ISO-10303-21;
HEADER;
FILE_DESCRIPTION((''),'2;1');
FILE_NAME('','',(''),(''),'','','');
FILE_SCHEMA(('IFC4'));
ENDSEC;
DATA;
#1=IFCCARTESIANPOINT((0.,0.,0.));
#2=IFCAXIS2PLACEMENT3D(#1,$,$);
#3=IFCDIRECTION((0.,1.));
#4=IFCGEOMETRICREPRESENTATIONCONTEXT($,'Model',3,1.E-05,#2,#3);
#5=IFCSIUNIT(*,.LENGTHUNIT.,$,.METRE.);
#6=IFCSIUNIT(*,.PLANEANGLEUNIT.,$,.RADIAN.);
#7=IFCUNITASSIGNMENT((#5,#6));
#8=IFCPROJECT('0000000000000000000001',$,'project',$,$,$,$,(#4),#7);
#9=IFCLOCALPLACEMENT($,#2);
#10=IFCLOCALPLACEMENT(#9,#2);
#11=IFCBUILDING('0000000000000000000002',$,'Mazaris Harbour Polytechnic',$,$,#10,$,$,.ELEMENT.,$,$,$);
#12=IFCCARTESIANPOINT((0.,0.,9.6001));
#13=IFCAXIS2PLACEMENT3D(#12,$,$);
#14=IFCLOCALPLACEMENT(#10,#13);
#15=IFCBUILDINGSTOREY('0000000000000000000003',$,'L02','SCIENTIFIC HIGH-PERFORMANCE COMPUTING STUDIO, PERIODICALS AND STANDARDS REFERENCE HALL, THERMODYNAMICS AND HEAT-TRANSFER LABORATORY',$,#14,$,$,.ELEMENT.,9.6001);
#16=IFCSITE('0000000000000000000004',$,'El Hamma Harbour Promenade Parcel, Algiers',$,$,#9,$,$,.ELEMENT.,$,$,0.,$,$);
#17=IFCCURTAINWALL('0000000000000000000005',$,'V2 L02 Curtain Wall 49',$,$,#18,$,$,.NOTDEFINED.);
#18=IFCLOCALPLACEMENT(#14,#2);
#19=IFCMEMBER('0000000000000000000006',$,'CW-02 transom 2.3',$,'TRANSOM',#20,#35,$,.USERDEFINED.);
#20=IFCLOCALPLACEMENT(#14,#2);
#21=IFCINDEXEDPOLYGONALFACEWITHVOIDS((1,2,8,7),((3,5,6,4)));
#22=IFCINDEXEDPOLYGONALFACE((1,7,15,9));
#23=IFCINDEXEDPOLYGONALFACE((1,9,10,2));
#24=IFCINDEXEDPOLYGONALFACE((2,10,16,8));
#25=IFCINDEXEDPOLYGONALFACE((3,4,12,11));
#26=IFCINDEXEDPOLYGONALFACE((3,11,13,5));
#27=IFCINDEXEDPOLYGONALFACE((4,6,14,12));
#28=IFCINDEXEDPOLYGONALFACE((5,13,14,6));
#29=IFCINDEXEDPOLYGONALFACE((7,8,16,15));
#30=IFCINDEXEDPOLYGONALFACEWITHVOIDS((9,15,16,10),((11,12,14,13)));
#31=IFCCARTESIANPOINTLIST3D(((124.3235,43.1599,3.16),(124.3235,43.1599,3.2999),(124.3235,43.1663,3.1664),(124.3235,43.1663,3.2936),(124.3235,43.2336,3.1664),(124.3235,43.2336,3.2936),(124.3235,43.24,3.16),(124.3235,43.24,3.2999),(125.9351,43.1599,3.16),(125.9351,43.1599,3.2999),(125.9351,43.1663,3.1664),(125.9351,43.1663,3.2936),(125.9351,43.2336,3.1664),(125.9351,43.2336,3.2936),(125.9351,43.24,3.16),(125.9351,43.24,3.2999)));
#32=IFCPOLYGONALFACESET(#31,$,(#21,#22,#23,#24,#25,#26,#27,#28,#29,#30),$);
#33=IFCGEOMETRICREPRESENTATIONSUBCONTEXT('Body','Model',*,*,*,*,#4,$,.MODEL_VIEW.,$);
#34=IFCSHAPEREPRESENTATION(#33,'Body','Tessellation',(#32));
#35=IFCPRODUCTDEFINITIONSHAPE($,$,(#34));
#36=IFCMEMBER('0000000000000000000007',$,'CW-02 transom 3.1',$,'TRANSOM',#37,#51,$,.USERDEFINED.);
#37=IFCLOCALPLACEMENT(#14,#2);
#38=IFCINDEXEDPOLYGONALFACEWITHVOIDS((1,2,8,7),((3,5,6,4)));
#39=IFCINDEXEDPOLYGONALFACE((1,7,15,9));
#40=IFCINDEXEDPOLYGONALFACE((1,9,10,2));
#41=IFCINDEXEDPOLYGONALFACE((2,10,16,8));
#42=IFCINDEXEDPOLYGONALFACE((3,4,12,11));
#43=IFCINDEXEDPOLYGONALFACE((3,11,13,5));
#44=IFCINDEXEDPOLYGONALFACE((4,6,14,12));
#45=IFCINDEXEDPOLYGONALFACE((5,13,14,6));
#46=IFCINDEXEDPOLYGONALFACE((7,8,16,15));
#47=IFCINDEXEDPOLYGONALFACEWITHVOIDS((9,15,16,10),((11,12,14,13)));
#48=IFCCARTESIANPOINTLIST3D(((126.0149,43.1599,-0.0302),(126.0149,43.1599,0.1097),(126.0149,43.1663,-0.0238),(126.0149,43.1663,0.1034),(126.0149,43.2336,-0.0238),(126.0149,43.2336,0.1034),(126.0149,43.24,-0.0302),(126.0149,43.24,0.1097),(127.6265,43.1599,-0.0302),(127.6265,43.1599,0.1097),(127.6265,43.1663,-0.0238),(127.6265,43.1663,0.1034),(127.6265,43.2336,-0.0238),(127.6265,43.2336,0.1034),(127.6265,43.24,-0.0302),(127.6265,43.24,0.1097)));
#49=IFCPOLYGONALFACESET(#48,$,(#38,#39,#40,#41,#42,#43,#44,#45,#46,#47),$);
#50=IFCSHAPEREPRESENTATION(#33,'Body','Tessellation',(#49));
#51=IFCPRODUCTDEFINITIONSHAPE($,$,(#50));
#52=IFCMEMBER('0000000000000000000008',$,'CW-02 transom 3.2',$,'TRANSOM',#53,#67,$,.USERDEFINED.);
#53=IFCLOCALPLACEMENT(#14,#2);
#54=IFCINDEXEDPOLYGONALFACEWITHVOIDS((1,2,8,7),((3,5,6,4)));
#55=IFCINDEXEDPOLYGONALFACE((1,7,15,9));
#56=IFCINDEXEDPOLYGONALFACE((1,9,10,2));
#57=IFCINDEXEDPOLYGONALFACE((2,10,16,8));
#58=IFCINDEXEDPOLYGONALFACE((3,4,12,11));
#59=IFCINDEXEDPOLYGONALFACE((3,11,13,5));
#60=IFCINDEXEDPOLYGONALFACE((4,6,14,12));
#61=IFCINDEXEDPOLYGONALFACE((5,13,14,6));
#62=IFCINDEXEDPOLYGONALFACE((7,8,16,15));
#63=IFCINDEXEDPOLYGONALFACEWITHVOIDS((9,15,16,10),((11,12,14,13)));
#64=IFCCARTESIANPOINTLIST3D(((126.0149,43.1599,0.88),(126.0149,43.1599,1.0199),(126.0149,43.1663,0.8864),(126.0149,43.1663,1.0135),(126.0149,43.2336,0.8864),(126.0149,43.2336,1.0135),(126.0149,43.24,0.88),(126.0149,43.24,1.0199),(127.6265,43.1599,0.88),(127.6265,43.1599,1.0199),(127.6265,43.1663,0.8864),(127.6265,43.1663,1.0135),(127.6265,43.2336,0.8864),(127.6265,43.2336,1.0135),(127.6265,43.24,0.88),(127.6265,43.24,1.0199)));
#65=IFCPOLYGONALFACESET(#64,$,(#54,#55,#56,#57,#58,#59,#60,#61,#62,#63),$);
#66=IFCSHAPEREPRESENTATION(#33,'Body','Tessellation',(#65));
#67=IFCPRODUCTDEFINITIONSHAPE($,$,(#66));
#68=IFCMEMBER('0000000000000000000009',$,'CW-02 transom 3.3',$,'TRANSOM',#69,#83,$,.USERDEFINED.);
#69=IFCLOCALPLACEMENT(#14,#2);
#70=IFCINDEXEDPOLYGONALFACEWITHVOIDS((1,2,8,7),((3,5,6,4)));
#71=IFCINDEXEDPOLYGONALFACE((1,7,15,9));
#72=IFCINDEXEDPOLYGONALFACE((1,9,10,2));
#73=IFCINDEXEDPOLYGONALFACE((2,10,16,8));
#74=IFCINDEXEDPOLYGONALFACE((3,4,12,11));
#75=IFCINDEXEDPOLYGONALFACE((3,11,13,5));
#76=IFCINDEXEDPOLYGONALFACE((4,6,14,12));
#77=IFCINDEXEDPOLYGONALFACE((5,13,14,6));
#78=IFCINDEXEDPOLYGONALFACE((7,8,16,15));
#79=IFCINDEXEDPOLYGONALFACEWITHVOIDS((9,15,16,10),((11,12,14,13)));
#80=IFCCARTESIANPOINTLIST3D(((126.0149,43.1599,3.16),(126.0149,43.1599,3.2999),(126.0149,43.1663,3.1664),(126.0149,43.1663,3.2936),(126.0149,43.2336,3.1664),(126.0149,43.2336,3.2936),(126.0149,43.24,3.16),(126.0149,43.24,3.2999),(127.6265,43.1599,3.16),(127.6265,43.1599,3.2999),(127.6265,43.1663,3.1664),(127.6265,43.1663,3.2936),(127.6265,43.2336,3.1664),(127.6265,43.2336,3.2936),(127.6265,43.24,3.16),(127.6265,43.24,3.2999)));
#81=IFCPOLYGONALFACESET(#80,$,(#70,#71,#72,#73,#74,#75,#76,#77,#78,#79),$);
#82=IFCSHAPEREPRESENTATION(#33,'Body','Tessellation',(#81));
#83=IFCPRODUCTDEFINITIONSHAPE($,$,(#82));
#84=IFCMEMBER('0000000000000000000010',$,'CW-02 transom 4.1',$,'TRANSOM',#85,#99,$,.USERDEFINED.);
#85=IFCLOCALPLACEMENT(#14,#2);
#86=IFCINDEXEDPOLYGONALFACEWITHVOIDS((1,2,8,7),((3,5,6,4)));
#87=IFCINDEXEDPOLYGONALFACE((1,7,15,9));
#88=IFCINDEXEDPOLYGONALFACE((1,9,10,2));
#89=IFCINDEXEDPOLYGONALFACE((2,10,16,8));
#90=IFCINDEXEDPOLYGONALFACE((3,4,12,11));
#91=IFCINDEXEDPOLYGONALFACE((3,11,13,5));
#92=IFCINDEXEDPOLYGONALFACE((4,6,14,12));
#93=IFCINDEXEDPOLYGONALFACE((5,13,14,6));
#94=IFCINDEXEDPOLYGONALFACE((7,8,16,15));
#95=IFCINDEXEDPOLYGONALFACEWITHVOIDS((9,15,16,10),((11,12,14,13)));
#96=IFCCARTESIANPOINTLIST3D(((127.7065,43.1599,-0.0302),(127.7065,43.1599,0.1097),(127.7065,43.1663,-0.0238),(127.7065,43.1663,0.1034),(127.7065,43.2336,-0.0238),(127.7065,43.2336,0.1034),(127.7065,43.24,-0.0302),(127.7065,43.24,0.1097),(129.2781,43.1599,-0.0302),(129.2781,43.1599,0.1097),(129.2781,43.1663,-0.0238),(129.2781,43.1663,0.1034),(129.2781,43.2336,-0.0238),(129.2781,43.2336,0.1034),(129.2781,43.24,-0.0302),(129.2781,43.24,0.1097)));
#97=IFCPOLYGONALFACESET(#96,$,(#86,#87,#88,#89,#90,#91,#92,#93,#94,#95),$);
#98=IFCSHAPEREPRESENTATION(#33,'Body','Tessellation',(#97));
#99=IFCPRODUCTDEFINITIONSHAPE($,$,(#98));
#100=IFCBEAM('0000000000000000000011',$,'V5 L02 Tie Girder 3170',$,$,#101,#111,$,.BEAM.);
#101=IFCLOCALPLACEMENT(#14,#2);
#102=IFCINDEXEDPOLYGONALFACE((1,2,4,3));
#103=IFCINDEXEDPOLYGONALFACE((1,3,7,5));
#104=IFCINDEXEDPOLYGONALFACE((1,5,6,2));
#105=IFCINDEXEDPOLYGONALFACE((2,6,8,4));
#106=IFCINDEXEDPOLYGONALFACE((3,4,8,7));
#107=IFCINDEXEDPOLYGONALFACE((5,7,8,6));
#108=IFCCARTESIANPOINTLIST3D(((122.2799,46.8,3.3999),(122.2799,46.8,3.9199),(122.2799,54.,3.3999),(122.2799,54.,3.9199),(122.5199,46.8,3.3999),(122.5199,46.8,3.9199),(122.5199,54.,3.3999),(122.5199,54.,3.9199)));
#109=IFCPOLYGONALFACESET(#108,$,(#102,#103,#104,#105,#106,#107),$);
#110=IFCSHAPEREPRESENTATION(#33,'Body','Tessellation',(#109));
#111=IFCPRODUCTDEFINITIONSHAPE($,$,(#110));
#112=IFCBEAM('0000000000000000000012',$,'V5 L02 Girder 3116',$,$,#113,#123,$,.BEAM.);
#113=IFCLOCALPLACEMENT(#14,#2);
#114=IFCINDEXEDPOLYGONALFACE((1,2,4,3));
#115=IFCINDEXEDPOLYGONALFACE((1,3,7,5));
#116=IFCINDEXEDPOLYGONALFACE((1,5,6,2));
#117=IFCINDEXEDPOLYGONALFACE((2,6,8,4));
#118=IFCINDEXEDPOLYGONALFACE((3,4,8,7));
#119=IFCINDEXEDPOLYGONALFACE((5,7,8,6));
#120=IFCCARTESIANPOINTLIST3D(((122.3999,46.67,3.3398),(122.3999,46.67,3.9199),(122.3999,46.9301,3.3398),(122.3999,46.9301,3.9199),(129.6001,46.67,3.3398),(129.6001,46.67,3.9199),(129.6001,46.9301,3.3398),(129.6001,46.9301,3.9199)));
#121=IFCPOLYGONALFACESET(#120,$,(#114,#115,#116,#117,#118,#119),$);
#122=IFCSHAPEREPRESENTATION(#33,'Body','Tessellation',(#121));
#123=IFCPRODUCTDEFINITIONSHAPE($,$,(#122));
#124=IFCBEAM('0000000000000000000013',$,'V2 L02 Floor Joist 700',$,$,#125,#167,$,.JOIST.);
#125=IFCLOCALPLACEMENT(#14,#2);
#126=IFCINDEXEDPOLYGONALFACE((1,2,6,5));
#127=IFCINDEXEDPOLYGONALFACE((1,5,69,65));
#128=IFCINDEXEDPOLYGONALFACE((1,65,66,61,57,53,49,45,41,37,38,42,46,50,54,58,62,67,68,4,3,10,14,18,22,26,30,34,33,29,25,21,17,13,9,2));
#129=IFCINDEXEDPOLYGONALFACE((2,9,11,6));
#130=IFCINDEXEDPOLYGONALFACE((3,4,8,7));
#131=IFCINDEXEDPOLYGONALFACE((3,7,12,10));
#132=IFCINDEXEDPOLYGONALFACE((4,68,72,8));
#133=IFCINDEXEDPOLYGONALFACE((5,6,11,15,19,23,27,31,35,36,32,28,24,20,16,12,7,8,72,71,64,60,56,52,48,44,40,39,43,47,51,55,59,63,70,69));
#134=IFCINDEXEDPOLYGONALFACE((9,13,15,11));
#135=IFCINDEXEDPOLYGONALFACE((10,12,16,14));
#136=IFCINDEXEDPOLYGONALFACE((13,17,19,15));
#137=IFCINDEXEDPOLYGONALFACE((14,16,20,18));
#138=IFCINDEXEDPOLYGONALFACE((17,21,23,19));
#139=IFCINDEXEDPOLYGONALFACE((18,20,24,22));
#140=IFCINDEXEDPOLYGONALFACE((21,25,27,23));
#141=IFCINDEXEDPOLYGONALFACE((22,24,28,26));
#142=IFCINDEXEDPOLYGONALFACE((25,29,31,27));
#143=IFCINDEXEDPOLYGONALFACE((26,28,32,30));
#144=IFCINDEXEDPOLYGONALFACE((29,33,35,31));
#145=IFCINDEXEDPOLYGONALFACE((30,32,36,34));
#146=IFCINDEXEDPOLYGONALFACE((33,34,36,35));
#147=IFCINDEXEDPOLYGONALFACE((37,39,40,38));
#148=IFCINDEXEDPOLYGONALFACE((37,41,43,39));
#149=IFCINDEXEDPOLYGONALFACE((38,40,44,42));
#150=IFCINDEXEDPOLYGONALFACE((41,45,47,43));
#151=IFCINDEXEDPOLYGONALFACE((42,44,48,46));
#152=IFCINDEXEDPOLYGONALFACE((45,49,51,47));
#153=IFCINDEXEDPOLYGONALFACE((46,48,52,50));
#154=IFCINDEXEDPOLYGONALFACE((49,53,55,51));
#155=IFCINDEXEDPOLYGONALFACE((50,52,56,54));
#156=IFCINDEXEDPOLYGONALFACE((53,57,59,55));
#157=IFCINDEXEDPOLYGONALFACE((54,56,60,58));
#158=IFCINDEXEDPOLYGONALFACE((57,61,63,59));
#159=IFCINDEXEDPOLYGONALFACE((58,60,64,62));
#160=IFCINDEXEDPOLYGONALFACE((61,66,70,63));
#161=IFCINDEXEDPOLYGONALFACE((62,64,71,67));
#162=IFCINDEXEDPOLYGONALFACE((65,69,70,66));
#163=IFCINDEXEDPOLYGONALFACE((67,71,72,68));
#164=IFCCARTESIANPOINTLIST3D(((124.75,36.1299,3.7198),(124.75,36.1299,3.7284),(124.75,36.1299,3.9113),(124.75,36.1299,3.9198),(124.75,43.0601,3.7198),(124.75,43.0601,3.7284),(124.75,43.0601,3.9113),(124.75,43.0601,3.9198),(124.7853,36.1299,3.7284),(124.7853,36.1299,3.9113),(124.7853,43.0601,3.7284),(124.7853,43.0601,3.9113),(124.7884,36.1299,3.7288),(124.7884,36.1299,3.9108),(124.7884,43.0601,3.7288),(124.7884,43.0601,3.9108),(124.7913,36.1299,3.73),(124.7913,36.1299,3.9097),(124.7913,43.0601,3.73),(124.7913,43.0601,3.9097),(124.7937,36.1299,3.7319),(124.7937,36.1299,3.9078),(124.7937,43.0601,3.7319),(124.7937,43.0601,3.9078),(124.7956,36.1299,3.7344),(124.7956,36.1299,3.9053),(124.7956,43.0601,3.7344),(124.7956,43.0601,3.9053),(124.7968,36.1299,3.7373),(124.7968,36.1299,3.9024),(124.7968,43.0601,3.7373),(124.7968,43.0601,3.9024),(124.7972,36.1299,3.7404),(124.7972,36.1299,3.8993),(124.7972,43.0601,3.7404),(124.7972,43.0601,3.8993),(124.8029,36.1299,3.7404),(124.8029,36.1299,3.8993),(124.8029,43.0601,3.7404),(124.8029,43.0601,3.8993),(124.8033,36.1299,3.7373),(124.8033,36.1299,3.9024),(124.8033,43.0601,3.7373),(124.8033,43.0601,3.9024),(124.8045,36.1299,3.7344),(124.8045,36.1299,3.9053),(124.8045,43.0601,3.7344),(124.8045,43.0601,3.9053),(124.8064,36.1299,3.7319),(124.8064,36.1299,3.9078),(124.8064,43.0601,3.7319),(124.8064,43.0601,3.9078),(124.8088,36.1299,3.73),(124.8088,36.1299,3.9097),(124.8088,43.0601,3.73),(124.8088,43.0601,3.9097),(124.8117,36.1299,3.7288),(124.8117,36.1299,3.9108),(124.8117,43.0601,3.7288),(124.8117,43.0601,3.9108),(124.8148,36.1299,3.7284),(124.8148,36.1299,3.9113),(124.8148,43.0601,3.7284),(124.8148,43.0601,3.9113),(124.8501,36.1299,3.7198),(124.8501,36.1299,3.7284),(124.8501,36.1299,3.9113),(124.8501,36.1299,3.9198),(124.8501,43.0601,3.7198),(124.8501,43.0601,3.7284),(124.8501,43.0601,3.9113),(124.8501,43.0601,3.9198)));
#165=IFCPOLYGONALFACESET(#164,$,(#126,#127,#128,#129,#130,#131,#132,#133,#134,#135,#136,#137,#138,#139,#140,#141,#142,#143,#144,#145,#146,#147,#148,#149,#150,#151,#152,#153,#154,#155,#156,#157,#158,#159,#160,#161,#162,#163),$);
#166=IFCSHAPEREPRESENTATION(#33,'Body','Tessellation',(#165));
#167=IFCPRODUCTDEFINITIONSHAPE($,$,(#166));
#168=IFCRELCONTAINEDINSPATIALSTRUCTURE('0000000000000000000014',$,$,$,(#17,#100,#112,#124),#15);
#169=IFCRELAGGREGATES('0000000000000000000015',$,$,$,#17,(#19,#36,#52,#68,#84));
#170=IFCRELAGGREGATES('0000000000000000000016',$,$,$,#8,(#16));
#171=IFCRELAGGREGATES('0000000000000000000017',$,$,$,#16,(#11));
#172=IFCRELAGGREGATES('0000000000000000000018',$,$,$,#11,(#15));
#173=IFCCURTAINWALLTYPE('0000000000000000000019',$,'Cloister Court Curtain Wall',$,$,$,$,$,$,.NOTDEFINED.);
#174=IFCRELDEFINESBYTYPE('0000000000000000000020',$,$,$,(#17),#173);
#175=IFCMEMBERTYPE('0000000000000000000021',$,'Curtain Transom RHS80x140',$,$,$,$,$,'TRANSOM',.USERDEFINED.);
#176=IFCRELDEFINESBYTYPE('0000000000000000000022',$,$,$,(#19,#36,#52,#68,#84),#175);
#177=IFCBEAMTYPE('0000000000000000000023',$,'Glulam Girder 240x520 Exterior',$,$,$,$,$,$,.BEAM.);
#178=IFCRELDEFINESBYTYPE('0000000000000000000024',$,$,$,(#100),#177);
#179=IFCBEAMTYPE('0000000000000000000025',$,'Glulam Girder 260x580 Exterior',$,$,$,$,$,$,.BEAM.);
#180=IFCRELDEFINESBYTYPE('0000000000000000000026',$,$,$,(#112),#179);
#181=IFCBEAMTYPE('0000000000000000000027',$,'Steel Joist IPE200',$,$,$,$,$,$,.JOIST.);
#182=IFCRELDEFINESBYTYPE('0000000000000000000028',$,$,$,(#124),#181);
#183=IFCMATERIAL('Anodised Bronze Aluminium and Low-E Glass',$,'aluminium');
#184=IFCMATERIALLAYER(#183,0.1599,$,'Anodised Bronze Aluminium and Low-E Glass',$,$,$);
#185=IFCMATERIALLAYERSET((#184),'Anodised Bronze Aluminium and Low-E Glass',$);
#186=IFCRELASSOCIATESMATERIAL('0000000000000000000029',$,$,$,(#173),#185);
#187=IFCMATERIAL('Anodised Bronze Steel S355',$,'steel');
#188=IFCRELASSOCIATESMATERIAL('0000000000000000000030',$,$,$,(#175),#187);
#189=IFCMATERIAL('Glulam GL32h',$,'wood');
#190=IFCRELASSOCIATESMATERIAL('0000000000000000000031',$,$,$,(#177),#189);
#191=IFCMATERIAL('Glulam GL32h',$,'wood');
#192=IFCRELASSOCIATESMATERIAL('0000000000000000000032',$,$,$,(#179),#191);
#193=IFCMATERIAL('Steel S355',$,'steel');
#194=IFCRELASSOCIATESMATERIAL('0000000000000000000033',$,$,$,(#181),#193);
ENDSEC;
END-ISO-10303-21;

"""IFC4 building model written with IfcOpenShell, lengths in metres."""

from ifc_helpers import new_model, si_unit, direction, frame, origin, origin_2d, place, context, subcontext, project, spatial, rectangle, hollow_rectangle, i_section, extrude, material, layer, layer_set, material_profile, profile_set, type_object, element, aggregate, save


model = new_model("IFC4")

# Units and contexts
model_context = context("Model", 3, precision=1e-05, world=origin(), true_north=direction((0.0, 1.0)))
body_context = subcontext(model_context, "Body", "Model", "MODEL_VIEW")
ifc_project = project(units=[si_unit("LENGTHUNIT", "METRE"), si_unit("PLANEANGLEUNIT", "RADIAN")], contexts=[model_context])

# Site, building, storey
site_placement = place(None, origin())
site = spatial("IfcSite", under=ifc_project, at=site_placement, Name="El Hamma Harbour Promenade Parcel, Algiers", CompositionType="ELEMENT", RefElevation=0.0)
building_placement = place(site_placement, origin())
building = spatial("IfcBuilding", under=site, at=building_placement, Name="Mazaris Harbour Polytechnic", CompositionType="ELEMENT")
storey_placement = place(building_placement, frame((0.0, 0.0, 9.6001)))
storey = spatial("IfcBuildingStorey", under=building, at=storey_placement, Name="L02", Description="SCIENTIFIC HIGH-PERFORMANCE COMPUTING STUDIO, PERIODICALS AND STANDARDS REFERENCE HALL, THERMODYNAMICS AND HEAT-TRANSFER LABORATORY", CompositionType="ELEMENT", Elevation=9.6001)

# Curtain wall
ifc_material_1 = material(Name="Anodised Bronze Aluminium and Low-E Glass", Category="aluminium")
ifc_layer_1 = layer(ifc_material_1, 0.1599, Name="Anodised Bronze Aluminium and Low-E Glass")
ifc_layer_set_1 = layer_set([ifc_layer_1], Name="Anodised Bronze Aluminium and Low-E Glass")
curtain_wall_type_1 = type_object("IfcCurtainWallType", Name="Cloister Court Curtain Wall", PredefinedType="NOTDEFINED", material=ifc_layer_set_1)
curtain_wall_1_placement = place(storey_placement, origin())
curtain_wall_1 = element("IfcCurtainWall", 1, at=curtain_wall_1_placement, inside=storey, type_object=curtain_wall_type_1, Name="V2 L02 Curtain Wall 49", PredefinedType="NOTDEFINED")

# Members
ifc_material_2 = material(Name="Anodised Bronze Steel S355", Category="steel")
ifc_material_profile_1 = material_profile(ifc_material_2, hollow_rectangle(XDim=0.0801, YDim=0.1399, WallThickness=0.0063, at=origin_2d()), Name="RHS 80x140x6.3")
ifc_profile_set_1 = profile_set([ifc_material_profile_1], Name="Anodised Bronze Steel S355")
member_type_1 = type_object("IfcMemberType", Name="Curtain Transom RHS80x140", ElementType="TRANSOM", PredefinedType="USERDEFINED", material=ifc_profile_set_1)
member_1_placement = place(storey_placement, frame((124.3235, 43.2, 3.23), z_axis=(1.0, 0.0, 0.0), x_axis=(0.0, 1.0, 0.0)))
member_1 = element("IfcMember", 2, at=member_1_placement, type_object=member_type_1, Name="CW-02 transom 2.3", ObjectType="TRANSOM", PredefinedType="USERDEFINED", context=body_context, shape_type="SweptSolid", body=[
    extrude(hollow_rectangle(XDim=0.0801, YDim=0.1399, WallThickness=0.0063, at=origin_2d()), origin(), (0.0, 0.0, 1.0), 1.6116),
])
member_2_placement = place(storey_placement, frame((126.0149, 43.2, 0.0398), z_axis=(1.0, 0.0, 0.0), x_axis=(0.0, 1.0, 0.0)))
member_2 = element("IfcMember", 3, at=member_2_placement, type_object=member_type_1, Name="CW-02 transom 3.1", ObjectType="TRANSOM", PredefinedType="USERDEFINED", context=body_context, shape_type="SweptSolid", body=[
    extrude(hollow_rectangle(XDim=0.0801, YDim=0.1399, WallThickness=0.0063, at=origin_2d()), origin(), (0.0, 0.0, 1.0), 1.6116),
])
member_3_placement = place(storey_placement, frame((126.0149, 43.2, 0.95), z_axis=(1.0, 0.0, 0.0), x_axis=(0.0, 1.0, 0.0)))
member_3 = element("IfcMember", 4, at=member_3_placement, type_object=member_type_1, Name="CW-02 transom 3.2", ObjectType="TRANSOM", PredefinedType="USERDEFINED", context=body_context, shape_type="SweptSolid", body=[
    extrude(hollow_rectangle(XDim=0.0801, YDim=0.1399, WallThickness=0.0063, at=origin_2d()), origin(), (0.0, 0.0, 1.0), 1.6116),
])
member_4_placement = place(storey_placement, frame((126.0149, 43.2, 3.23), z_axis=(1.0, 0.0, 0.0), x_axis=(0.0, 1.0, 0.0)))
member_4 = element("IfcMember", 5, at=member_4_placement, type_object=member_type_1, Name="CW-02 transom 3.3", ObjectType="TRANSOM", PredefinedType="USERDEFINED", context=body_context, shape_type="SweptSolid", body=[
    extrude(hollow_rectangle(XDim=0.0801, YDim=0.1399, WallThickness=0.0063, at=origin_2d()), origin(), (0.0, 0.0, 1.0), 1.6116),
])
member_5_placement = place(storey_placement, frame((127.7065, 43.2, 0.0398), z_axis=(1.0, 0.0, 0.0), x_axis=(0.0, 1.0, 0.0)))
member_5 = element("IfcMember", 6, at=member_5_placement, type_object=member_type_1, Name="CW-02 transom 4.1", ObjectType="TRANSOM", PredefinedType="USERDEFINED", context=body_context, shape_type="SweptSolid", body=[
    extrude(hollow_rectangle(XDim=0.0801, YDim=0.1399, WallThickness=0.0063, at=origin_2d()), origin(), (0.0, 0.0, 1.0), 1.5715),
])

# Beams
ifc_material_3 = material(Name="Glulam GL32h", Category="wood")
ifc_material_profile_2 = material_profile(ifc_material_3, rectangle(XDim=0.24, YDim=0.52, at=origin_2d()), Name="RECT240x520")
ifc_profile_set_2 = profile_set([ifc_material_profile_2], Name="Glulam GL32h")
beam_type_1 = type_object("IfcBeamType", Name="Glulam Girder 240x520 Exterior", PredefinedType="BEAM", material=ifc_profile_set_2)
beam_1_placement = place(storey_placement, frame((122.3999, 46.8, 3.6599), z_axis=(0.0, 1.0, 0.0), x_axis=(-1.0, 0.0, 0.0)))
element("IfcBeam", 7, at=beam_1_placement, inside=storey, type_object=beam_type_1, Name="V5 L02 Tie Girder 3170", PredefinedType="BEAM", context=body_context, shape_type="SweptSolid", body=[
    extrude(rectangle(XDim=0.24, YDim=0.52, at=origin_2d()), origin(), (0.0, 0.0, 1.0), 7.2),
])
ifc_material_4 = material(Name="Glulam GL32h", Category="wood")
ifc_material_profile_3 = material_profile(ifc_material_4, rectangle(XDim=0.26, YDim=0.5801, at=origin_2d()), Name="RECT260x580")
ifc_profile_set_3 = profile_set([ifc_material_profile_3], Name="Glulam GL32h")
beam_type_2 = type_object("IfcBeamType", Name="Glulam Girder 260x580 Exterior", PredefinedType="BEAM", material=ifc_profile_set_3)
beam_2_placement = place(storey_placement, frame((122.3999, 46.8, 3.6299), z_axis=(1.0, 0.0, 0.0), x_axis=(0.0, 1.0, 0.0)))
element("IfcBeam", 8, at=beam_2_placement, inside=storey, type_object=beam_type_2, Name="V5 L02 Girder 3116", PredefinedType="BEAM", context=body_context, shape_type="SweptSolid", body=[
    extrude(rectangle(XDim=0.26, YDim=0.5801, at=origin_2d()), origin(), (0.0, 0.0, 1.0), 7.2002),
])
ifc_material_5 = material(Name="Steel S355", Category="steel")
ifc_material_profile_4 = material_profile(ifc_material_5, i_section(OverallWidth=0.1001, OverallDepth=0.2, WebThickness=0.0056, FlangeThickness=0.0085, FilletRadius=0.012, at=origin_2d()), Name="IPE 200")
ifc_profile_set_4 = profile_set([ifc_material_profile_4], Name="Steel S355")
beam_type_3 = type_object("IfcBeamType", Name="Steel Joist IPE200", PredefinedType="JOIST", material=ifc_profile_set_4)
beam_3_placement = place(storey_placement, frame((124.8, 36.1299, 3.8198), z_axis=(0.0, 1.0, 0.0), x_axis=(-1.0, 0.0, 0.0)))
element("IfcBeam", 9, at=beam_3_placement, inside=storey, type_object=beam_type_3, Name="V2 L02 Floor Joist 700", PredefinedType="JOIST", context=body_context, shape_type="SweptSolid", body=[
    extrude(i_section(OverallWidth=0.1001, OverallDepth=0.2, WebThickness=0.0056, FlangeThickness=0.0085, FilletRadius=0.012, at=origin_2d()), origin(), (0.0, 0.0, 1.0), 6.9302),
])

aggregate(curtain_wall_1, [member_1, member_2, member_3, member_4, member_5])

save(model, "model.ifc")
